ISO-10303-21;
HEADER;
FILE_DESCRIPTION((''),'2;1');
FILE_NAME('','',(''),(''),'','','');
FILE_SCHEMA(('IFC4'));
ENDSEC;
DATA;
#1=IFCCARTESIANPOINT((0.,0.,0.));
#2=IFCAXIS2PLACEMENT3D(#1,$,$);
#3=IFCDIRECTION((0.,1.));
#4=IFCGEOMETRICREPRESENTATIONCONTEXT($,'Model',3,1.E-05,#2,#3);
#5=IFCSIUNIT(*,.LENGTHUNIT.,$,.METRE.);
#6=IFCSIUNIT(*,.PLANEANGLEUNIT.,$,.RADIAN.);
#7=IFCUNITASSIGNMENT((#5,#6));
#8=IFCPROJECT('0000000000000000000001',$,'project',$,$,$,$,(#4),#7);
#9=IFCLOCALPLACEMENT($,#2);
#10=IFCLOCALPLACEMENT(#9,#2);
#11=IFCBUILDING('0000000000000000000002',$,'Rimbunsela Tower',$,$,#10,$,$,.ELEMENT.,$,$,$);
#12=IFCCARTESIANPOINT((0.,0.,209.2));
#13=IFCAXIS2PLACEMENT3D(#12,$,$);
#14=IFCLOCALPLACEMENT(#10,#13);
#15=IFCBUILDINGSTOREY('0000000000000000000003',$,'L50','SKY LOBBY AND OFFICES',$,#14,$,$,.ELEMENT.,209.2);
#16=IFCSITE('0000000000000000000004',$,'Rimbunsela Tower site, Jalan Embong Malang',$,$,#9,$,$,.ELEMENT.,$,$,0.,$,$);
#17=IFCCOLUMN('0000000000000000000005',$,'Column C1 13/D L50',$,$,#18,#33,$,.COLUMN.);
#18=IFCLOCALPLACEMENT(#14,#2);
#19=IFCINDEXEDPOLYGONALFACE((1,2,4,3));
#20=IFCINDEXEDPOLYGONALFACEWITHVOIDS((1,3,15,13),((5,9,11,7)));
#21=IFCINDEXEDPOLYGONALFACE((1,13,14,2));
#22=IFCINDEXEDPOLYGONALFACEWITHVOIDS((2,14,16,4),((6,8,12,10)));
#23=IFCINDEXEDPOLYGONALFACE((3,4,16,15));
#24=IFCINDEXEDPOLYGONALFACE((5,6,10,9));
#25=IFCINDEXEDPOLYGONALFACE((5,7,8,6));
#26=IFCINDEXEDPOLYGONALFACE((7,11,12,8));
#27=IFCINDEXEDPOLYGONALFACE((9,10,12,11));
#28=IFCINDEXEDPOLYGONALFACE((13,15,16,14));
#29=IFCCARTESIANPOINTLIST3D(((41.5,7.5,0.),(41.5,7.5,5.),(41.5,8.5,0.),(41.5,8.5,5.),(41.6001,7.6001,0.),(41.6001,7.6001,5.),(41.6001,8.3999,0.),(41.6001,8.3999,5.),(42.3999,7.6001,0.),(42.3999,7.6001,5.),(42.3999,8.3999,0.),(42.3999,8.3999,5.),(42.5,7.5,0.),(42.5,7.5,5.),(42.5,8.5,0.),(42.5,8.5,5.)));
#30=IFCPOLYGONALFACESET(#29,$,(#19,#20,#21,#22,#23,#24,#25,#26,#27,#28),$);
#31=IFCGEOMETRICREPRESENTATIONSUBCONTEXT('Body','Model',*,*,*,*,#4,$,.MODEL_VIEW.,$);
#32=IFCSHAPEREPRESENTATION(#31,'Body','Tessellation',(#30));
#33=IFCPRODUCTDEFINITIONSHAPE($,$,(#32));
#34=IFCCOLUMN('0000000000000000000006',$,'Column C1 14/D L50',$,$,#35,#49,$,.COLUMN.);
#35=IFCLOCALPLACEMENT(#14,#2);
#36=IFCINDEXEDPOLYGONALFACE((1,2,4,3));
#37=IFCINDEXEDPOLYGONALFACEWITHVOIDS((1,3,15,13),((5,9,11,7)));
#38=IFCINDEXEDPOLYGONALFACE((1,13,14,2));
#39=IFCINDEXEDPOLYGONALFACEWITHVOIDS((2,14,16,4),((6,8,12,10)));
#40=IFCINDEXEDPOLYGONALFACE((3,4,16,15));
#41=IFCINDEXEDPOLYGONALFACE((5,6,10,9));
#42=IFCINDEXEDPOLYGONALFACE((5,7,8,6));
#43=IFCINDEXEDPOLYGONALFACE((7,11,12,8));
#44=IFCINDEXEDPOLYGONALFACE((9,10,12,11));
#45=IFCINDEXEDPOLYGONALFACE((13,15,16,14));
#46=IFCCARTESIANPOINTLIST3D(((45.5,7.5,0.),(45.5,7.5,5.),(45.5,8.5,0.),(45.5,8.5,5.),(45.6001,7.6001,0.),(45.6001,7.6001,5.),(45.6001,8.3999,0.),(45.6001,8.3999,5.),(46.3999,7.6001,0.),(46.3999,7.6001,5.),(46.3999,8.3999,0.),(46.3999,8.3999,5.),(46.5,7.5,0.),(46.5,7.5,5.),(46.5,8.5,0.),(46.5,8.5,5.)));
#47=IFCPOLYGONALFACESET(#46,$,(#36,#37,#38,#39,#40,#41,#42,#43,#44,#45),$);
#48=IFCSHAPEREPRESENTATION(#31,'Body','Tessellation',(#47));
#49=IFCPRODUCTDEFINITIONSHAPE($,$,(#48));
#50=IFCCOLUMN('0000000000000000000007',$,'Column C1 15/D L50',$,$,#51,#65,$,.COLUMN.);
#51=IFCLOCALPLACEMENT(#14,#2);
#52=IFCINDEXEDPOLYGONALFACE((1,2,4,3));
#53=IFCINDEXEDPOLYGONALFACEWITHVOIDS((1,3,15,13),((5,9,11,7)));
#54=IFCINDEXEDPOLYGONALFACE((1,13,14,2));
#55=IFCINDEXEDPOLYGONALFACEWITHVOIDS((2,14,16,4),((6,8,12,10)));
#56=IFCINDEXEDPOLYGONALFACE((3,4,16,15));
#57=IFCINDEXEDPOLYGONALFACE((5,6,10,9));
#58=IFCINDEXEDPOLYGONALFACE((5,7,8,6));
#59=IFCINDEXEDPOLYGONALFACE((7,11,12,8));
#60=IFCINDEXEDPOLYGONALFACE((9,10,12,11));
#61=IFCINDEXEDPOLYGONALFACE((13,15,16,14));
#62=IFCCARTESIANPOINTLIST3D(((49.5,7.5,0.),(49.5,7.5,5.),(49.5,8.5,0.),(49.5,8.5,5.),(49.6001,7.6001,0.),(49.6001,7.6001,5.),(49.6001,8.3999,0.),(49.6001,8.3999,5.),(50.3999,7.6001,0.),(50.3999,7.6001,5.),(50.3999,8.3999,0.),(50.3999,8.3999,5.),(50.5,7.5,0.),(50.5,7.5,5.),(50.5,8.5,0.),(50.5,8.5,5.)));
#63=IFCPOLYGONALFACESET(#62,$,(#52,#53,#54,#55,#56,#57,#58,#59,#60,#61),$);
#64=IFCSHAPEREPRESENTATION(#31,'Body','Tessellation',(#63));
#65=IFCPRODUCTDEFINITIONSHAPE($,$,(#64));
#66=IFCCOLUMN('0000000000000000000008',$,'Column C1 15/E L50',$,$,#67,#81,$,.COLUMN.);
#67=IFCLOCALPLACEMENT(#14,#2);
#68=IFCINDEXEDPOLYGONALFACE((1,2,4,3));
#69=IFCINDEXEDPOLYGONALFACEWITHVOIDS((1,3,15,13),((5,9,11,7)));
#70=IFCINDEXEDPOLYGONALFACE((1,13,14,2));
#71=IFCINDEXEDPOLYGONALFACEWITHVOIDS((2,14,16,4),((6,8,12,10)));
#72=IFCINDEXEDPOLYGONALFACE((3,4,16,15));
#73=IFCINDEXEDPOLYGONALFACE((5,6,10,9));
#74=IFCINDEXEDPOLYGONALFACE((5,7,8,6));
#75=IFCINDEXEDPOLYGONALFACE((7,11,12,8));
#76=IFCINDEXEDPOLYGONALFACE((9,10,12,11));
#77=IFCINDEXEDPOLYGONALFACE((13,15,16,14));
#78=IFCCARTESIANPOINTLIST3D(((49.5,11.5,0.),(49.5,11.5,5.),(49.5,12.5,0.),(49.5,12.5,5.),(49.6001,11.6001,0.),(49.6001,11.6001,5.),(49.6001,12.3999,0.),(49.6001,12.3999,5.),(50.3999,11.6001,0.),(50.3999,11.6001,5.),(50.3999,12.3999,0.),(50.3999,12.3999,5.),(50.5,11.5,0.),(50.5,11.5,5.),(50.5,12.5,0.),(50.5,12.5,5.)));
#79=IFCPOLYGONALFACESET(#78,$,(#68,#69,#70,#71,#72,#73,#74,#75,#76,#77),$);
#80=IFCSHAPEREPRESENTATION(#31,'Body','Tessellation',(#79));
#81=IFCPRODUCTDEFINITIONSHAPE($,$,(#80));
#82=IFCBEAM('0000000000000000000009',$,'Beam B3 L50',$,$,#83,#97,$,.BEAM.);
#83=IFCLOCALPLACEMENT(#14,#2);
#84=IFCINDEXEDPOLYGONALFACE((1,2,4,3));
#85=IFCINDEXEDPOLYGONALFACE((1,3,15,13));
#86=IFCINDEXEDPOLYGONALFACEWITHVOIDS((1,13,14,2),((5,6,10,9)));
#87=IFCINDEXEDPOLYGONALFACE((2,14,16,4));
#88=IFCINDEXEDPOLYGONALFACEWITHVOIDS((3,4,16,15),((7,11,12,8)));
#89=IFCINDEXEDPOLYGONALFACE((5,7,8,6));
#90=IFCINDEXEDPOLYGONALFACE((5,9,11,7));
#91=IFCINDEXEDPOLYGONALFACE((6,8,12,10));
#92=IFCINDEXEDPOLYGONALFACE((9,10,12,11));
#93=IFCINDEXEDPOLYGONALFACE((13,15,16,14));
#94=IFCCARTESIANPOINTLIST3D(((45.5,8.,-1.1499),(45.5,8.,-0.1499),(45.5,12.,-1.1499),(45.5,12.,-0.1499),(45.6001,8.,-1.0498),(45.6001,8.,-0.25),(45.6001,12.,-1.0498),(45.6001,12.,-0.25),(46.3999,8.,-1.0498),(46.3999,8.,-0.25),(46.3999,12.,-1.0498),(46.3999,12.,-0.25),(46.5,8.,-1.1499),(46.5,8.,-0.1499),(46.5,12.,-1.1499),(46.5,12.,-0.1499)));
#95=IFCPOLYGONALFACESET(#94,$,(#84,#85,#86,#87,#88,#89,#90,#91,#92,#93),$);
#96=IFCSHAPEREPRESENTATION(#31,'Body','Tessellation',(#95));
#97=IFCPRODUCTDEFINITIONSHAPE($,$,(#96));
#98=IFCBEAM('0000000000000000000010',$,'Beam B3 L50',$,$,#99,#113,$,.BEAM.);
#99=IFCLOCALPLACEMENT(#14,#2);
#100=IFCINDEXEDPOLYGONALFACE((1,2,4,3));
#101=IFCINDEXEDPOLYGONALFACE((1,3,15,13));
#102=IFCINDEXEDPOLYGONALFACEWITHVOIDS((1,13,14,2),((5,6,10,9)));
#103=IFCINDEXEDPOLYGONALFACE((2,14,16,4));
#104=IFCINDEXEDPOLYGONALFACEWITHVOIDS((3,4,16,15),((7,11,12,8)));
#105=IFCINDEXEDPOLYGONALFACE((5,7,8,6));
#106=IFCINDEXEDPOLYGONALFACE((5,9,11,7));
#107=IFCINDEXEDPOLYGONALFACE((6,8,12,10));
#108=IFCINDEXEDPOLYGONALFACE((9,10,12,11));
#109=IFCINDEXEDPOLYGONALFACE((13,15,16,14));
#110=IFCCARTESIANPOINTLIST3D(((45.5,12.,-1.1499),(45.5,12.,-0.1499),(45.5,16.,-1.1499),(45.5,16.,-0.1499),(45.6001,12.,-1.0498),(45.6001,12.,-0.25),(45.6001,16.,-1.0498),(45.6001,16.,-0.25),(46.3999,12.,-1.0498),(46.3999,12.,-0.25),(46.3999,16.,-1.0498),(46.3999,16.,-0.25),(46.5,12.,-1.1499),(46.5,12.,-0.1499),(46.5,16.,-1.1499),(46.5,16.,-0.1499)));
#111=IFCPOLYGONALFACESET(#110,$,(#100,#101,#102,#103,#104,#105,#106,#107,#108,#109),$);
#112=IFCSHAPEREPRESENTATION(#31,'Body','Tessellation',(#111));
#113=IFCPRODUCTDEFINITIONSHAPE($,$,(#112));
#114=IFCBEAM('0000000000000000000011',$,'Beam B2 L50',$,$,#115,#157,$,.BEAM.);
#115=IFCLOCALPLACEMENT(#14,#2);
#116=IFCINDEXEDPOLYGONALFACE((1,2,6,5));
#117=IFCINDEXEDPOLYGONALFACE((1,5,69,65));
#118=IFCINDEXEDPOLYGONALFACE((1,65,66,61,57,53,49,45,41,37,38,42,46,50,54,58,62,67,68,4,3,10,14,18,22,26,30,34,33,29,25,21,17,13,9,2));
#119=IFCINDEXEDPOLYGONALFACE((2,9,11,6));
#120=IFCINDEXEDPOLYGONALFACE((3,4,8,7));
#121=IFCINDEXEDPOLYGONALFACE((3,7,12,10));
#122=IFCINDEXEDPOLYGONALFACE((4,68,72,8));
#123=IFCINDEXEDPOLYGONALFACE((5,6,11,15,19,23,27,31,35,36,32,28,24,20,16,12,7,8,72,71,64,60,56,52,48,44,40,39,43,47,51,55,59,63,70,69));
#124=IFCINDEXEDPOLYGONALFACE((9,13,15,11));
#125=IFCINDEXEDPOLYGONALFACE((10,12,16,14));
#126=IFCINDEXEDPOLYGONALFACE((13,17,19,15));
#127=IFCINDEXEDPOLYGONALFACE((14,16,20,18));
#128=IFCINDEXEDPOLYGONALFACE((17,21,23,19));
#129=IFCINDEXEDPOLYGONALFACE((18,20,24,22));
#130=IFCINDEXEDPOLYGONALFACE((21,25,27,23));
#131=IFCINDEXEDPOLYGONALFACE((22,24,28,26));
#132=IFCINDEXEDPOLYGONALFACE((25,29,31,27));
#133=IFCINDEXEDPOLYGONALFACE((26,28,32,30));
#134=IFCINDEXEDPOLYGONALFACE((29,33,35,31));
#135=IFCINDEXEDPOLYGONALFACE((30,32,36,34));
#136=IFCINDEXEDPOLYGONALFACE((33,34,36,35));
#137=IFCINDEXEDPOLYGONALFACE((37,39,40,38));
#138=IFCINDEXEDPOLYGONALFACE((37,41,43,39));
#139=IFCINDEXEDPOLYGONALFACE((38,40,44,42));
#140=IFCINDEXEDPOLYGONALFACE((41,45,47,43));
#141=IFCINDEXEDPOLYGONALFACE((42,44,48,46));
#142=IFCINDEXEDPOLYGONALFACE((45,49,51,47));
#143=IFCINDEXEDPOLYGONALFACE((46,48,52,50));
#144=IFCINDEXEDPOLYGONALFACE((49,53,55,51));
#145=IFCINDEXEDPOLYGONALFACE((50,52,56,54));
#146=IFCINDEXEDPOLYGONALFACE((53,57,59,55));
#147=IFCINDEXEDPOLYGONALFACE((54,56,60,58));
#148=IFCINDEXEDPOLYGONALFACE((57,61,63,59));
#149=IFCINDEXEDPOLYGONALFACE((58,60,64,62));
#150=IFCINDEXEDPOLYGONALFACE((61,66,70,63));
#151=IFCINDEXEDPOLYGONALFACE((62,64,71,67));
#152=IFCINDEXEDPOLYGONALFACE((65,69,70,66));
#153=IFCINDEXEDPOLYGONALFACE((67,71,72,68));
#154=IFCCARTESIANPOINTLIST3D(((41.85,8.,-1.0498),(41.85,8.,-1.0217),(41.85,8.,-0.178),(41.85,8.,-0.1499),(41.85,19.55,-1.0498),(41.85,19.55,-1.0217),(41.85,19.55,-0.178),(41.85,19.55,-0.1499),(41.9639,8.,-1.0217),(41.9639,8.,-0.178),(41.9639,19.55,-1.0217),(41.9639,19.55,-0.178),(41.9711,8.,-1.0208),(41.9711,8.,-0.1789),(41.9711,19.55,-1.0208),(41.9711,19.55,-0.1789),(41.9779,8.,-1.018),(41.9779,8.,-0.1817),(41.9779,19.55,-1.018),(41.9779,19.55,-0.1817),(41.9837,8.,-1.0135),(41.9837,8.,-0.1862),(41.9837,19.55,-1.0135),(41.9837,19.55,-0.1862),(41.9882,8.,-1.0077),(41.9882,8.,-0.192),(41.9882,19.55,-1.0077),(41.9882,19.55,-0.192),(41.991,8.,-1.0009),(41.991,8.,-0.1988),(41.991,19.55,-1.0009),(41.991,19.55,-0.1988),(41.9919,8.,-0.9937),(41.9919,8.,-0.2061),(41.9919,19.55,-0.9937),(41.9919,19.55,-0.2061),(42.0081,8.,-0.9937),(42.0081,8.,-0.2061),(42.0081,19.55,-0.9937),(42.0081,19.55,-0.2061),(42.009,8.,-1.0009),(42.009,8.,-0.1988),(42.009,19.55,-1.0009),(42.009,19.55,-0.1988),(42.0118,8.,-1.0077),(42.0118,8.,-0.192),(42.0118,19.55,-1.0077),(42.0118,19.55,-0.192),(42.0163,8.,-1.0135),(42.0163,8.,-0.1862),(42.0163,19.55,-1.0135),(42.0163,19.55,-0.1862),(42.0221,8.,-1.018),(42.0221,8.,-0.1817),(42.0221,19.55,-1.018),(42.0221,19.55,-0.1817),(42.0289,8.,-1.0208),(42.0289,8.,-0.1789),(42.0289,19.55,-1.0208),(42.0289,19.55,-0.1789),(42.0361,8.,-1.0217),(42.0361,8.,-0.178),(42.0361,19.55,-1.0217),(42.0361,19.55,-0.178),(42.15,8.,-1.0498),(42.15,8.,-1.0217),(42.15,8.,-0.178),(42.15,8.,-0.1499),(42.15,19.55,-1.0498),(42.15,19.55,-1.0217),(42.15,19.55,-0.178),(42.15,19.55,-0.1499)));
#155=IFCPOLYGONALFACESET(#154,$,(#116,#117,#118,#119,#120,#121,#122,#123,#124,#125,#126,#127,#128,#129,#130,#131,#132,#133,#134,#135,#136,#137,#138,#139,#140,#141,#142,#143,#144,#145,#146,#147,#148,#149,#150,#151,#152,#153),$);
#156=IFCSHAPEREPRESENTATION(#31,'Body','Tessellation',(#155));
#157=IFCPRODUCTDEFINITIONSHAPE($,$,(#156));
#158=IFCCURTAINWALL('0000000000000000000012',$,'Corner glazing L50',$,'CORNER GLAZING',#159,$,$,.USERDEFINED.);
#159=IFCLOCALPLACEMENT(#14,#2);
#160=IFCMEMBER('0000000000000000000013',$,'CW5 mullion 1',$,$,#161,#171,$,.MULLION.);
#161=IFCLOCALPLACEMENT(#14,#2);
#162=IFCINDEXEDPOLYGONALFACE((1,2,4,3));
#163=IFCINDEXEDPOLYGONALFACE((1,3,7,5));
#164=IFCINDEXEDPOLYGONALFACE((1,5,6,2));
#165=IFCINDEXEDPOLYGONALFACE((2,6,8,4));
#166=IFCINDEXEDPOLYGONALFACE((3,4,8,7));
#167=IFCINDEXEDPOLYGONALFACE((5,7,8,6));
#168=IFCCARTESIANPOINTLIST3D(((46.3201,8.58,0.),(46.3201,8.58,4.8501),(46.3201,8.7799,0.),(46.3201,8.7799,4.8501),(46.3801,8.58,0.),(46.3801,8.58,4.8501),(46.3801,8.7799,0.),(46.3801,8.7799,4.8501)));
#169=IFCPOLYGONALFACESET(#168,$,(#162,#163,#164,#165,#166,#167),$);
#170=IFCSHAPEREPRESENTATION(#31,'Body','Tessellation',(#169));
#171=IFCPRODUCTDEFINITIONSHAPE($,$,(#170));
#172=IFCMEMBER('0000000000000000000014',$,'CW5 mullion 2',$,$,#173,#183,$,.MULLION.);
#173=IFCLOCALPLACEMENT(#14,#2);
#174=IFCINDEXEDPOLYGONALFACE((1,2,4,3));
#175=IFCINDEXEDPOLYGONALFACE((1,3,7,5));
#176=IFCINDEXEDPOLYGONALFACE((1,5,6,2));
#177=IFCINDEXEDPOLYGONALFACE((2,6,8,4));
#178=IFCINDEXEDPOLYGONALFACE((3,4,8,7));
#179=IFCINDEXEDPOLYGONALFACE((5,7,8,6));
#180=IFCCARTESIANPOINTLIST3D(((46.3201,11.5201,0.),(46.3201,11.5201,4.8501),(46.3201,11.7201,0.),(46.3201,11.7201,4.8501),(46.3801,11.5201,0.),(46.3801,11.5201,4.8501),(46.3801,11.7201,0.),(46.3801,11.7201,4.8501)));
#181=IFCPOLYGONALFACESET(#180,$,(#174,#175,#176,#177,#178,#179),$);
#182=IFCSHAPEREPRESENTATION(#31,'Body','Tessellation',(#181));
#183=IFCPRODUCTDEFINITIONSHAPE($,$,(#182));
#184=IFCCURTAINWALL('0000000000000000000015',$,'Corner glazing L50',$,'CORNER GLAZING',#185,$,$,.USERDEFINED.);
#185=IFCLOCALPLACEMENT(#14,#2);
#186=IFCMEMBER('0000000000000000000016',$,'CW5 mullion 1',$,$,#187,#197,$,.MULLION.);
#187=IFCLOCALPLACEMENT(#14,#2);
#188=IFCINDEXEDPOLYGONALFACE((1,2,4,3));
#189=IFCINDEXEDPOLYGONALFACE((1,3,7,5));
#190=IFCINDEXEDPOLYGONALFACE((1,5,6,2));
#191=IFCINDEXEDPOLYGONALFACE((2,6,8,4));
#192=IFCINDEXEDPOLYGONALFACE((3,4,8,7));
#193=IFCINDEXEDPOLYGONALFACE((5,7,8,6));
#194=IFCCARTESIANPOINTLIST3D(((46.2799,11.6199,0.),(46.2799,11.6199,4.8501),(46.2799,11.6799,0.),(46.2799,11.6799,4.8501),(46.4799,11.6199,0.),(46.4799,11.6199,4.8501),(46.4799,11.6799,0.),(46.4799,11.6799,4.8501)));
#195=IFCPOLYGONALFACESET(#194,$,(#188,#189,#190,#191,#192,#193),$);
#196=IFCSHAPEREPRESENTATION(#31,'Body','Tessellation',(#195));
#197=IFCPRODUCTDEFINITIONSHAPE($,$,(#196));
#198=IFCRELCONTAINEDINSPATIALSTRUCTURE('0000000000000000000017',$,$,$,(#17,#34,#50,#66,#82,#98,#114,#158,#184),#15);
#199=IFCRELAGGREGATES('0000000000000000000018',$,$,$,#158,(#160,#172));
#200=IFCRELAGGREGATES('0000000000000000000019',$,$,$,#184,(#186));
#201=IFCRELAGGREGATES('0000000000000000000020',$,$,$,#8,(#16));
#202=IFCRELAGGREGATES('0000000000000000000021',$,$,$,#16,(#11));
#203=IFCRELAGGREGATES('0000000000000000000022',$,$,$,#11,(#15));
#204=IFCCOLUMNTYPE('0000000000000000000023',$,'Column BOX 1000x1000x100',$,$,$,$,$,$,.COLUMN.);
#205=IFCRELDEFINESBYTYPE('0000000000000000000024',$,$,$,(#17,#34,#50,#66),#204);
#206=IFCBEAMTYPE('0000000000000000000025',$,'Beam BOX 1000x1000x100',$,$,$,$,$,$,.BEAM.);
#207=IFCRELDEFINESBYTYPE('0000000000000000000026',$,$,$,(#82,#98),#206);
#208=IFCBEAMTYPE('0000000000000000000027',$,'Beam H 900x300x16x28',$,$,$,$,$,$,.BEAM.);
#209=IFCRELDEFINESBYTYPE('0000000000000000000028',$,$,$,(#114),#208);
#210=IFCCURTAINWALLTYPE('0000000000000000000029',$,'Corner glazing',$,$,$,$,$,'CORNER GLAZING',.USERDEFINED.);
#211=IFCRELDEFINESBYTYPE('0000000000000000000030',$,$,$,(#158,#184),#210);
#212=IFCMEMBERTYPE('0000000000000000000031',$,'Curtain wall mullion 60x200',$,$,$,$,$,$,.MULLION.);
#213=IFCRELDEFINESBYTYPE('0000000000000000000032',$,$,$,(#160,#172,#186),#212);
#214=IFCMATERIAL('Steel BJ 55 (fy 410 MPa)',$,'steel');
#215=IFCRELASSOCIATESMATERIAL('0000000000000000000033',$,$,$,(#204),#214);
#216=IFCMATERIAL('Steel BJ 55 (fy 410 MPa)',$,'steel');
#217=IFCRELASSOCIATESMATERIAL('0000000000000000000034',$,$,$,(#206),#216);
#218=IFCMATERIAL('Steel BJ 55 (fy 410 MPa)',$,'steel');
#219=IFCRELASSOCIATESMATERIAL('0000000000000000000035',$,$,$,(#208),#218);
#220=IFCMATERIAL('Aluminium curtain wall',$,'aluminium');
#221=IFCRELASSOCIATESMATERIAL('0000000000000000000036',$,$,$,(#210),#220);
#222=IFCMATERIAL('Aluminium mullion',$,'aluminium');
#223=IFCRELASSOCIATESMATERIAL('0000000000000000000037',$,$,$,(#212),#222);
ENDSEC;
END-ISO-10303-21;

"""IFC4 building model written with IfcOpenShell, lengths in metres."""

from ifc_helpers import new_model, si_unit, direction, frame, origin, origin_2d, place, context, subcontext, project, spatial, rectangle, hollow_rectangle, i_section, extrude, material, material_profile, profile_set, type_object, element, aggregate, save


model = new_model("IFC4")

# Units and contexts
model_context = context("Model", 3, precision=1e-05, world=origin(), true_north=direction((0.0, 1.0)))
body_context = subcontext(model_context, "Body", "Model", "MODEL_VIEW")
ifc_project = project(units=[si_unit("LENGTHUNIT", "METRE"), si_unit("PLANEANGLEUNIT", "RADIAN")], contexts=[model_context])

# Site, building, storey
site_placement = place(None, origin())
site = spatial("IfcSite", under=ifc_project, at=site_placement, Name="Rimbunsela Tower site, Jalan Embong Malang", CompositionType="ELEMENT", RefElevation=0.0)
building_placement = place(site_placement, origin())
building = spatial("IfcBuilding", under=site, at=building_placement, Name="Rimbunsela Tower", CompositionType="ELEMENT")
storey_placement = place(building_placement, frame((0.0, 0.0, 209.2)))
storey = spatial("IfcBuildingStorey", under=building, at=storey_placement, Name="L50", Description="SKY LOBBY AND OFFICES", CompositionType="ELEMENT", Elevation=209.2)

# Columns
ifc_material_1 = material(Name="Steel BJ 55 (fy 410 MPa)", Category="steel")
ifc_material_profile_1 = material_profile(ifc_material_1, hollow_rectangle(XDim=1.0, YDim=1.0, WallThickness=0.1001, at=origin_2d()), Name="BOX 1000x1000x100")
ifc_profile_set_1 = profile_set([ifc_material_profile_1], Name="Steel BJ 55 (fy 410 MPa)")
column_type = type_object("IfcColumnType", Name="Column BOX 1000x1000x100", PredefinedType="COLUMN", material=ifc_profile_set_1)
for number, where, z_axis, x_axis, name in (
    (1, (42.0, 8.0, 0.0), (0.0, 0.0, 1.0), (1.0, 0.0, 0.0), "Column C1 13/D L50"),
    (2, (46.0, 8.0, 0.0), (0.0, 0.0, 1.0), (1.0, 0.0, 0.0), "Column C1 14/D L50"),
    (3, (50.0, 8.0, 0.0), (0.0, 0.0, 1.0), (1.0, 0.0, 0.0), "Column C1 15/D L50"),
    (4, (50.0, 12.0, 0.0), (0.0, 0.0, 1.0), (1.0, 0.0, 0.0), "Column C1 15/E L50"),
):
    element("IfcColumn", number, at=place(storey_placement, frame(where, z_axis=z_axis, x_axis=x_axis)), inside=storey, type_object=column_type, Name=name, PredefinedType="COLUMN", context=body_context, shape_type="SweptSolid", body=[
        extrude(hollow_rectangle(XDim=1.0, YDim=1.0, WallThickness=0.1001, at=origin_2d()), origin(), (0.0, 0.0, 1.0), 5.0),
    ])

# Beams
ifc_material_2 = material(Name="Steel BJ 55 (fy 410 MPa)", Category="steel")
ifc_material_profile_2 = material_profile(ifc_material_2, hollow_rectangle(XDim=1.0, YDim=1.0, WallThickness=0.1001, at=origin_2d()), Name="BOX 1000x1000x100")
ifc_profile_set_2 = profile_set([ifc_material_profile_2], Name="Steel BJ 55 (fy 410 MPa)")
beam_type_1 = type_object("IfcBeamType", Name="Beam BOX 1000x1000x100", PredefinedType="BEAM", material=ifc_profile_set_2)
for number, where, z_axis, x_axis, name in (
    (5, (46.0, 8.0, -0.6499), (0.0, 1.0, 0.0), (-1.0, 0.0, 0.0), "Beam B3 L50"),
    (6, (46.0, 12.0, -0.6499), (0.0, 1.0, 0.0), (-1.0, 0.0, 0.0), "Beam B3 L50"),
):
    element("IfcBeam", number, at=place(storey_placement, frame(where, z_axis=z_axis, x_axis=x_axis)), inside=storey, type_object=beam_type_1, Name=name, PredefinedType="BEAM", context=body_context, shape_type="SweptSolid", body=[
        extrude(hollow_rectangle(XDim=1.0, YDim=1.0, WallThickness=0.1001, at=origin_2d()), origin(), (0.0, 0.0, 1.0), 4.0),
    ])
ifc_material_3 = material(Name="Steel BJ 55 (fy 410 MPa)", Category="steel")
ifc_material_profile_3 = material_profile(ifc_material_3, i_section(OverallWidth=0.3, OverallDepth=0.8999, WebThickness=0.0161, FlangeThickness=0.0281, FilletRadius=0.0281, at=origin_2d()), Name="H 900x300x16x28")
ifc_profile_set_3 = profile_set([ifc_material_profile_3], Name="Steel BJ 55 (fy 410 MPa)")
beam_type_2 = type_object("IfcBeamType", Name="Beam H 900x300x16x28", PredefinedType="BEAM", material=ifc_profile_set_3)
beam_placement = place(storey_placement, frame((42.0, 8.0, -0.5999), z_axis=(0.0, 1.0, 0.0), x_axis=(-1.0, 0.0, 0.0)))
element("IfcBeam", 7, at=beam_placement, inside=storey, type_object=beam_type_2, Name="Beam B2 L50", PredefinedType="BEAM", context=body_context, shape_type="SweptSolid", body=[
    extrude(i_section(OverallWidth=0.3, OverallDepth=0.8999, WebThickness=0.0161, FlangeThickness=0.0281, FilletRadius=0.0281, at=origin_2d()), origin(), (0.0, 0.0, 1.0), 11.55),
])

# Curtain walls, members
ifc_material_4 = material(Name="Aluminium curtain wall", Category="aluminium")
curtain_wall_type_1 = type_object("IfcCurtainWallType", Name="Corner glazing", ElementType="CORNER GLAZING", PredefinedType="USERDEFINED", material=ifc_material_4)
curtain_wall_1_placement = place(storey_placement, origin())
curtain_wall_1 = element("IfcCurtainWall", 8, at=curtain_wall_1_placement, inside=storey, type_object=curtain_wall_type_1, Name="Corner glazing L50", ObjectType="CORNER GLAZING", PredefinedType="USERDEFINED")
ifc_material_5 = material(Name="Aluminium mullion", Category="aluminium")
ifc_material_profile_4 = material_profile(ifc_material_5, rectangle(XDim=0.0601, YDim=0.2, at=origin_2d()), Name="Mullion 60x200")
ifc_profile_set_4 = profile_set([ifc_material_profile_4], Name="Aluminium mullion")
member_type_1 = type_object("IfcMemberType", Name="Curtain wall mullion 60x200", PredefinedType="MULLION", material=ifc_profile_set_4)
member_1_placement = place(storey_placement, frame((46.3501, 8.6799, 0.0), z_axis=(0.0, 0.0, 1.0), x_axis=(-1.0, 0.0, 0.0)))
member_1 = element("IfcMember", 9, at=member_1_placement, type_object=member_type_1, Name="CW5 mullion 1", PredefinedType="MULLION", context=body_context, shape_type="SweptSolid", body=[
    extrude(rectangle(XDim=0.0601, YDim=0.2, at=origin_2d()), origin(), (0.0, 0.0, 1.0), 4.8501),
])
member_2_placement = place(storey_placement, frame((46.3501, 11.6201, 0.0), z_axis=(0.0, 0.0, 1.0), x_axis=(-1.0, 0.0, 0.0)))
member_2 = element("IfcMember", 10, at=member_2_placement, type_object=member_type_1, Name="CW5 mullion 2", PredefinedType="MULLION", context=body_context, shape_type="SweptSolid", body=[
    extrude(rectangle(XDim=0.0601, YDim=0.2, at=origin_2d()), origin(), (0.0, 0.0, 1.0), 4.8501),
])
curtain_wall_2_placement = place(storey_placement, origin())
curtain_wall_2 = element("IfcCurtainWall", 11, at=curtain_wall_2_placement, inside=storey, type_object=curtain_wall_type_1, Name="Corner glazing L50", ObjectType="CORNER GLAZING", PredefinedType="USERDEFINED")
member_3_placement = place(storey_placement, frame((46.3799, 11.6499, 0.0), z_axis=(0.0, 0.0, 1.0), x_axis=(0.0, 1.0, 0.0)))
member_3 = element("IfcMember", 12, at=member_3_placement, type_object=member_type_1, Name="CW5 mullion 1", PredefinedType="MULLION", context=body_context, shape_type="SweptSolid", body=[
    extrude(rectangle(XDim=0.0601, YDim=0.2, at=origin_2d()), origin(), (0.0, 0.0, 1.0), 4.8501),
])

aggregate(curtain_wall_1, [member_1, member_2])
aggregate(curtain_wall_2, [member_3])

save(model, "model.ifc")
